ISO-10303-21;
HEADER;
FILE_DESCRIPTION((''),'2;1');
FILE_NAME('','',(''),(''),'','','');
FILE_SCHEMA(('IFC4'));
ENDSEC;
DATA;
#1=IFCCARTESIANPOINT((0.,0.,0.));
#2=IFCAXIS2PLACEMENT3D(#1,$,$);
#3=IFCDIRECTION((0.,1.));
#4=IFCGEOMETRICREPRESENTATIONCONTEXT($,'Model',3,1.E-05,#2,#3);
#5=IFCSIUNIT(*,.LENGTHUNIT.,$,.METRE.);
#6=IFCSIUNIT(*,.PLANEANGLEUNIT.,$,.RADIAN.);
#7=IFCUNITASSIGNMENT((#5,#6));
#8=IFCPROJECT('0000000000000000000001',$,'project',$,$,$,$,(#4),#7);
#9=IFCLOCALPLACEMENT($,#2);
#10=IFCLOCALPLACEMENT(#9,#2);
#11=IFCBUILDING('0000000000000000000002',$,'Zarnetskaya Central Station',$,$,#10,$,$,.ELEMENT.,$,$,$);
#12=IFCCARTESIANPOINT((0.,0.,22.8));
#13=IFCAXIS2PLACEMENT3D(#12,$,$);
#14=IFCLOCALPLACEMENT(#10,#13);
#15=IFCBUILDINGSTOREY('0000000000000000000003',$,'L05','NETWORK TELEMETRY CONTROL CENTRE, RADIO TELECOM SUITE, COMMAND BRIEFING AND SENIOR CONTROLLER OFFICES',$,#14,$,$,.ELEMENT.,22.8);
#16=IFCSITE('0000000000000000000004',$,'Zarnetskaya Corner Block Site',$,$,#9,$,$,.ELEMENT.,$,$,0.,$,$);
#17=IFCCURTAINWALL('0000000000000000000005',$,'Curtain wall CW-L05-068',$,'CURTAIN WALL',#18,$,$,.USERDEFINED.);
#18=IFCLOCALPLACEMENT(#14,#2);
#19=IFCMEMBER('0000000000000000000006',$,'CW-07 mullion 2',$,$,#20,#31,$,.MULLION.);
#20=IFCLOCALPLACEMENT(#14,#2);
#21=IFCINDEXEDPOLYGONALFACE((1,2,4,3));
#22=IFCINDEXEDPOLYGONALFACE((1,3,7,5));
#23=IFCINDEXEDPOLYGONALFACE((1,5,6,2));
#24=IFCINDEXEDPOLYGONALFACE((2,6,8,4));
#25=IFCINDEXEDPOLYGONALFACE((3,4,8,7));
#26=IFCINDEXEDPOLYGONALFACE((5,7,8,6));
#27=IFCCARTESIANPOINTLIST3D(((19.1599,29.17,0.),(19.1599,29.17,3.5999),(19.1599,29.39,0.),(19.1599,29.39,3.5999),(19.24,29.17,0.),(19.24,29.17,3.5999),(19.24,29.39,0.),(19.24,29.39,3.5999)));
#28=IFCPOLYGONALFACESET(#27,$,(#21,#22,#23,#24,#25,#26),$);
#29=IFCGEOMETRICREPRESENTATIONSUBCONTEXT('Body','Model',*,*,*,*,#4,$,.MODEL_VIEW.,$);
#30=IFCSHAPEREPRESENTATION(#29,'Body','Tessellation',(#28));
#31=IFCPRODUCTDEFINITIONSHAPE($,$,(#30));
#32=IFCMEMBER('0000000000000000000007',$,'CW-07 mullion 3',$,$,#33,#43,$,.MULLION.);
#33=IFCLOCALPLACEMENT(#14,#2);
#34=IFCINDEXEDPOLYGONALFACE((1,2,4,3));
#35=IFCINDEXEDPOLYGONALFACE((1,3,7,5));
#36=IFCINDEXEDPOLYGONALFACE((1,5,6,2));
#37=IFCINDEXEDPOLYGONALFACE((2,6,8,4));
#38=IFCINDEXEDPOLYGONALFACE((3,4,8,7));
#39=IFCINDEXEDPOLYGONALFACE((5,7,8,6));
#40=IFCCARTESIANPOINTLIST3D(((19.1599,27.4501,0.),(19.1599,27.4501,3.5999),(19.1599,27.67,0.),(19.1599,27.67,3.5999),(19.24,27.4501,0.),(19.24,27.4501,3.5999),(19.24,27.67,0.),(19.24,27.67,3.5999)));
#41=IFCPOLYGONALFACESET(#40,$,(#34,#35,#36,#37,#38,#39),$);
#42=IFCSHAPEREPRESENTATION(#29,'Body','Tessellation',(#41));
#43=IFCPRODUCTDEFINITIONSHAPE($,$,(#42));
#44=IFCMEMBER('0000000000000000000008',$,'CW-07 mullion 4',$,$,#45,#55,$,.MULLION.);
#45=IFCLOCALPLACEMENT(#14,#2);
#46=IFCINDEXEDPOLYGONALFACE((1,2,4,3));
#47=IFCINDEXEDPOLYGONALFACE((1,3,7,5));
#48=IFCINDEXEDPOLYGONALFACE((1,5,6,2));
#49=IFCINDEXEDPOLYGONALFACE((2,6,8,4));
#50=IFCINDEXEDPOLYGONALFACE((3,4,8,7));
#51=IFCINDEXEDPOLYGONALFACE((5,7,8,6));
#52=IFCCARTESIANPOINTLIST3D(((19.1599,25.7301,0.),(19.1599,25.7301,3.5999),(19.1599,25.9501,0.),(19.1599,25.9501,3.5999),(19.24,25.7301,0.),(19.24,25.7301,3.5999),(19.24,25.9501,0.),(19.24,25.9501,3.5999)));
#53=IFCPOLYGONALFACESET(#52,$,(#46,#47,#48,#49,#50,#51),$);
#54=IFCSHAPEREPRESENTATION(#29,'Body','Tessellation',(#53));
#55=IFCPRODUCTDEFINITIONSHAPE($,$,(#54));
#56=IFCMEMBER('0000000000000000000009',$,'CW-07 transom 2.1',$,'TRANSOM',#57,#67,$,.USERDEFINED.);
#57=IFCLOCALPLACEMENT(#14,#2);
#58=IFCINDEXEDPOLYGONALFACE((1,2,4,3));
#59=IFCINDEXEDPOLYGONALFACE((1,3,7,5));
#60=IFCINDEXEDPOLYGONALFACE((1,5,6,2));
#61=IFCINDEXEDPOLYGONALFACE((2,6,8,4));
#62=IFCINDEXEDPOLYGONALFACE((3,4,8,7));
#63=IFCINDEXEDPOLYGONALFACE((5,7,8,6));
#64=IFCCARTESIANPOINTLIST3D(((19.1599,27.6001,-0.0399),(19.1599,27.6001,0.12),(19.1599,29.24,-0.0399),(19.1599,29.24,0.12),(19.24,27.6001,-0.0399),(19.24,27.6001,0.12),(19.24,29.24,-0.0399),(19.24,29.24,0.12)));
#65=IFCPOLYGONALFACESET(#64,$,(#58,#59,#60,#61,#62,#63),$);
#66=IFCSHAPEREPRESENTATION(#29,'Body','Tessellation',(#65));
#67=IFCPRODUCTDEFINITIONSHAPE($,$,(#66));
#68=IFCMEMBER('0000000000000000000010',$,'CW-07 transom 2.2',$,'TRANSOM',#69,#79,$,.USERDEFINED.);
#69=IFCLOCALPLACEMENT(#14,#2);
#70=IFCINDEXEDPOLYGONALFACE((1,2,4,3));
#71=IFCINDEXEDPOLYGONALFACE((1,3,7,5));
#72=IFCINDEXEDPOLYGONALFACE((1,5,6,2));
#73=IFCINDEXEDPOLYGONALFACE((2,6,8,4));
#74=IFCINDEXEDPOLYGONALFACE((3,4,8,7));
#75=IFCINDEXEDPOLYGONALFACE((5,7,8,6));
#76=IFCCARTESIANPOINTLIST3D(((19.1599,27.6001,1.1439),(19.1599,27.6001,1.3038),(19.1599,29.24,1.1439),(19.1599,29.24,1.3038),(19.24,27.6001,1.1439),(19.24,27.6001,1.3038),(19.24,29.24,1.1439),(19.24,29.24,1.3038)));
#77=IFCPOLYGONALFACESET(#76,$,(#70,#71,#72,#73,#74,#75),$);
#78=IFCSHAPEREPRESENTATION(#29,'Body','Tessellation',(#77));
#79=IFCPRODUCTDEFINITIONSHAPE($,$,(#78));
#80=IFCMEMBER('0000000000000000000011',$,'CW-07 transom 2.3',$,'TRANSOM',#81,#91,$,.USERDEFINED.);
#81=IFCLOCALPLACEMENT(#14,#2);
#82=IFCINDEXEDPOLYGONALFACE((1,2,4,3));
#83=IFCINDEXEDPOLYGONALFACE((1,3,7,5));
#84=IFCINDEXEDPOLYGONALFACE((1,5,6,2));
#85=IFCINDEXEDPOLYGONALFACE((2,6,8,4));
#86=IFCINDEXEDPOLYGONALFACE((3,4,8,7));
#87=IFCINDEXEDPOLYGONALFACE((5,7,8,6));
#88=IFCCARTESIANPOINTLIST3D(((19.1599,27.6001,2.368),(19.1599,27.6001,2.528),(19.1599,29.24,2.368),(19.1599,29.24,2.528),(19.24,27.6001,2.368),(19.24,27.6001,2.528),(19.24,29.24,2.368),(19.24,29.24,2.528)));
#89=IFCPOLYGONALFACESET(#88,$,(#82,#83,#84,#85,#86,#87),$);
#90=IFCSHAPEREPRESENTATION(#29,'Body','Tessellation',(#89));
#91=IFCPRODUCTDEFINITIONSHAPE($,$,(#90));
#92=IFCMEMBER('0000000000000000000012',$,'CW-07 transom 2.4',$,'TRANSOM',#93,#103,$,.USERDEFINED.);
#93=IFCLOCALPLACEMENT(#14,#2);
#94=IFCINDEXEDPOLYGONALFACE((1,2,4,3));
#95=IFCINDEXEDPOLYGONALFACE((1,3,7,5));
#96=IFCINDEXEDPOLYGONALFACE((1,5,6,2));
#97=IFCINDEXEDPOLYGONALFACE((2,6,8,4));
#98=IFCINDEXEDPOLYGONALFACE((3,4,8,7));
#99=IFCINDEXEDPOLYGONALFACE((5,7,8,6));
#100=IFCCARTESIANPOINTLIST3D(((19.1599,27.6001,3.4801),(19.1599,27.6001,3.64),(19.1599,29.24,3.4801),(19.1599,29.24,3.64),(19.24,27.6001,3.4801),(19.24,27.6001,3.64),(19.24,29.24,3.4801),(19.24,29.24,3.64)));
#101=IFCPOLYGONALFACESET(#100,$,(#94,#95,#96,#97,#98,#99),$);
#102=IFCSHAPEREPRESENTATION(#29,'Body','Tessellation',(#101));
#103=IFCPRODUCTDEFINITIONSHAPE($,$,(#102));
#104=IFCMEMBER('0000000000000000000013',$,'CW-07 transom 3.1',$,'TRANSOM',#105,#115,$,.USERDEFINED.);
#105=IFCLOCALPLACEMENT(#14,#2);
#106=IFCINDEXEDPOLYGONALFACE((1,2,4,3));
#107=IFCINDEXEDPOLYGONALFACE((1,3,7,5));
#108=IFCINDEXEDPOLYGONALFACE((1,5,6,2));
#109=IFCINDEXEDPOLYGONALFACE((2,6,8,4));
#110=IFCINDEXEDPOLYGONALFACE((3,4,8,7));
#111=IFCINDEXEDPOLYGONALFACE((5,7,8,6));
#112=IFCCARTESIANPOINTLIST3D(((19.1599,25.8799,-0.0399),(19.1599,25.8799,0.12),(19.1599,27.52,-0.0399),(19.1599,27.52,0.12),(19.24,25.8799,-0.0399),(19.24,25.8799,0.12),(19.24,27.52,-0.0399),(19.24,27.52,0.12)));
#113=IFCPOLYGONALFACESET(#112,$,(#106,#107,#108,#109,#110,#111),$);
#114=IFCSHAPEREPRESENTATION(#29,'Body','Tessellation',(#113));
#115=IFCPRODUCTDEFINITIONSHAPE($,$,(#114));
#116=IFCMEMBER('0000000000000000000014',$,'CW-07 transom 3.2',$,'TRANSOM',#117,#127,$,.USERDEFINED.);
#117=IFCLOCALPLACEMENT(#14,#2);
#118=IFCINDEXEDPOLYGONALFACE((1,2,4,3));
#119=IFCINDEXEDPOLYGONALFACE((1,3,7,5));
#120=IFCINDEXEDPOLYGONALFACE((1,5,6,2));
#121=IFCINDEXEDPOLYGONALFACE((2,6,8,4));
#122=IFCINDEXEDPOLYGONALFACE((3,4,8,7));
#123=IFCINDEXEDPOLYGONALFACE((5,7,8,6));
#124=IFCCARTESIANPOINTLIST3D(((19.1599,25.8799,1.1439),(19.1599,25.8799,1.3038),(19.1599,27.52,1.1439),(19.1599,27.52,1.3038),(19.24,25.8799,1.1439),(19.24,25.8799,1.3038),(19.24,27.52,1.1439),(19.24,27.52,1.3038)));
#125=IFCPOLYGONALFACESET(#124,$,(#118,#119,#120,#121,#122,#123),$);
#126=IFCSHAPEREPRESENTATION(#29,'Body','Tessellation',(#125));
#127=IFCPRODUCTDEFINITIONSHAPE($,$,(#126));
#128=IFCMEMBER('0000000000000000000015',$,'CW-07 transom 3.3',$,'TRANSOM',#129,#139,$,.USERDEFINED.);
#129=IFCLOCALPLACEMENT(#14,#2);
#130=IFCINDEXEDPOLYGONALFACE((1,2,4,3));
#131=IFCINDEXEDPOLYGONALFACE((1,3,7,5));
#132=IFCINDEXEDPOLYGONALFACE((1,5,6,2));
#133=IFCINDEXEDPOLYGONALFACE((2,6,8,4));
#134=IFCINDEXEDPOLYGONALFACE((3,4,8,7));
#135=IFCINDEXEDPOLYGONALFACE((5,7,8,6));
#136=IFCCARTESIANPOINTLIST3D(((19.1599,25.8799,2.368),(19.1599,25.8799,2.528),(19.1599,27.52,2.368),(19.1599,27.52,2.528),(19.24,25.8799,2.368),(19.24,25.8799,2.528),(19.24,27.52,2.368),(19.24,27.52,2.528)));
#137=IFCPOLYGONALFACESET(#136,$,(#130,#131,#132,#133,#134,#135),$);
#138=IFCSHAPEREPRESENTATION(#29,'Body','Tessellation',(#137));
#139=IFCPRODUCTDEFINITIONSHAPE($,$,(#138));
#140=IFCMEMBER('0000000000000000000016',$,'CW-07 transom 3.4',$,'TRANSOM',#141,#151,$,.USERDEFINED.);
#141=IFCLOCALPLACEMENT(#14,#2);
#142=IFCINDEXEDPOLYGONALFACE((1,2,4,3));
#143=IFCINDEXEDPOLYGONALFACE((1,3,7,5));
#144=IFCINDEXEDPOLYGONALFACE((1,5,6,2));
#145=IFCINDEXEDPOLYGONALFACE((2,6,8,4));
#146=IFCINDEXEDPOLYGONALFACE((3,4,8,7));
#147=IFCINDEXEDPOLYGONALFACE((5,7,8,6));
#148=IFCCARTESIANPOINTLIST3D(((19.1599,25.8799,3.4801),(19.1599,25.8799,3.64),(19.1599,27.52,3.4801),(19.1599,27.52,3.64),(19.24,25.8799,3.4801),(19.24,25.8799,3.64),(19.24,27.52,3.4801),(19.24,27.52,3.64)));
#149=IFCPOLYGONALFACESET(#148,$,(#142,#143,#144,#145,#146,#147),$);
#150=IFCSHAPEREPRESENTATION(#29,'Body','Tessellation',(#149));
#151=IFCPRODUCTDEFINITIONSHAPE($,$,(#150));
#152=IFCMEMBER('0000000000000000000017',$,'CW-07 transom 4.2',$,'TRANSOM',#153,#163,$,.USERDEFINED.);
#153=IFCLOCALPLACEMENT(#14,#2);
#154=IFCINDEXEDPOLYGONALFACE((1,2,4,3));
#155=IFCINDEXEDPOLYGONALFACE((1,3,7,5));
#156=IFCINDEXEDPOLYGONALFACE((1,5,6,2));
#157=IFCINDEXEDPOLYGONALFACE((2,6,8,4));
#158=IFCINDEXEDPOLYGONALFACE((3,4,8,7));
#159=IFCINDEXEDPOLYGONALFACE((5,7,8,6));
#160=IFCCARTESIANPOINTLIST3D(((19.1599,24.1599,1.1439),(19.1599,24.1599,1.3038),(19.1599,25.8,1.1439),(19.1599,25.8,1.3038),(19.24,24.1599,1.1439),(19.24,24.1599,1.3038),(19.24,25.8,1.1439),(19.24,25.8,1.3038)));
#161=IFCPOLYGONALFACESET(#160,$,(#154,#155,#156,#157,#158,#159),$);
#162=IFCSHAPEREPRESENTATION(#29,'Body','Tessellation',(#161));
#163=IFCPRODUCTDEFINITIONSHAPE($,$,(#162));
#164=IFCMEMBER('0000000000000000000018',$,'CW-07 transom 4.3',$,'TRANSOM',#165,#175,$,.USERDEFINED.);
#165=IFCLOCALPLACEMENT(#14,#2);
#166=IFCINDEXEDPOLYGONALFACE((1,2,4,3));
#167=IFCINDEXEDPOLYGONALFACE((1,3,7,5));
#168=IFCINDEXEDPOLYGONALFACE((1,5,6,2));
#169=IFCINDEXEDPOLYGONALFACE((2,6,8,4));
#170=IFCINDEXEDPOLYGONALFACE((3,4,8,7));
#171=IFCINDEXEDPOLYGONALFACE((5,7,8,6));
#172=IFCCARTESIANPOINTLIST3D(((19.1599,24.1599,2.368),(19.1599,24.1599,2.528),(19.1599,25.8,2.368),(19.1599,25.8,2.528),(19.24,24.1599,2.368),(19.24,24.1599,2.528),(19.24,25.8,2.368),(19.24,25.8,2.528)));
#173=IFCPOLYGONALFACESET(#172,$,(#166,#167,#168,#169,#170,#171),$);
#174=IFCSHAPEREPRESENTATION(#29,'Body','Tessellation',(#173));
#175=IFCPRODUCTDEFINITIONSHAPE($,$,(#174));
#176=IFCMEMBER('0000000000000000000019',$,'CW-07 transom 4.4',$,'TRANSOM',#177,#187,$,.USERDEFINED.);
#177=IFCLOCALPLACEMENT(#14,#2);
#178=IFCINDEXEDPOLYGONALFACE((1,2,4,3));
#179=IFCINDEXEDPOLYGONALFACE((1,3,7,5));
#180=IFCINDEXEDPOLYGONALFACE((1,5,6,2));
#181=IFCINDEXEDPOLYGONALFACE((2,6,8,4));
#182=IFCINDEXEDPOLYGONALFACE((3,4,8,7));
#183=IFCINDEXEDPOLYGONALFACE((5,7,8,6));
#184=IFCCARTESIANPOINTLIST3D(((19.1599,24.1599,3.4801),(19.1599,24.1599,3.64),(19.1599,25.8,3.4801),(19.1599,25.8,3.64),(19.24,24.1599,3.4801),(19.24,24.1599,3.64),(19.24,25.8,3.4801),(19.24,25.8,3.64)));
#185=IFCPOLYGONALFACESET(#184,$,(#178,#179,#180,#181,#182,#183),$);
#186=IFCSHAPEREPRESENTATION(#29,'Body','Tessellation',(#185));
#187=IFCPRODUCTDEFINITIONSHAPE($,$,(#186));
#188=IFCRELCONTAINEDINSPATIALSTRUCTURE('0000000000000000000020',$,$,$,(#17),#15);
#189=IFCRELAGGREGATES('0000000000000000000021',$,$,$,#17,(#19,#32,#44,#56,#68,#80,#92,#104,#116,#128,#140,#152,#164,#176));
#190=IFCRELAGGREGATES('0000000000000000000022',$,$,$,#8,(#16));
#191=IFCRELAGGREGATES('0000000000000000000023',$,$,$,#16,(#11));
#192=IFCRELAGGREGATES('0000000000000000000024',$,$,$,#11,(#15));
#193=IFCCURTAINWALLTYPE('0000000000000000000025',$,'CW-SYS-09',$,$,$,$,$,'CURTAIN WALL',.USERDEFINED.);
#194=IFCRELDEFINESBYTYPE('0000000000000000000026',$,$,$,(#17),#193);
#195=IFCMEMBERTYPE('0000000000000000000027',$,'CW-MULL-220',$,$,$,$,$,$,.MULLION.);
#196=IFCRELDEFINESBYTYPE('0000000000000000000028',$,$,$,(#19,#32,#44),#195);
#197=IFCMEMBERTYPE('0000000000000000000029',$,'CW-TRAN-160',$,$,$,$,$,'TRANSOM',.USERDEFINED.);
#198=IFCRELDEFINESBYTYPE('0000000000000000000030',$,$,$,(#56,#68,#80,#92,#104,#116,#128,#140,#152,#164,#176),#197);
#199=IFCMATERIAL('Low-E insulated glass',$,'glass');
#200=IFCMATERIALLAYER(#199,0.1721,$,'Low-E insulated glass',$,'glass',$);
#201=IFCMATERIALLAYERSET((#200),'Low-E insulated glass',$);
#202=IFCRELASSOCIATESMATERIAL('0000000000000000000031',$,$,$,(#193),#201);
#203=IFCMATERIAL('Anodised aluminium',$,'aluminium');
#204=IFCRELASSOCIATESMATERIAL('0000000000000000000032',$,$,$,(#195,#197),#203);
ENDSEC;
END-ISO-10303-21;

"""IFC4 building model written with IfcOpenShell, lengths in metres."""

from ifc_helpers import new_model, si_unit, direction, frame, origin, origin_2d, place, context, subcontext, project, spatial, rectangle, extrude, material, layer, layer_set, material_profile, profile_set, type_object, element, aggregate, save


model = new_model("IFC4")

# Units and contexts
model_context = context("Model", 3, precision=1e-05, world=origin(), true_north=direction((0.0, 1.0)))
body_context = subcontext(model_context, "Body", "Model", "MODEL_VIEW")
ifc_project = project(units=[si_unit("LENGTHUNIT", "METRE"), si_unit("PLANEANGLEUNIT", "RADIAN")], contexts=[model_context])

# Site, building, storey
site_placement = place(None, origin())
site = spatial("IfcSite", under=ifc_project, at=site_placement, Name="Zarnetskaya Corner Block Site", CompositionType="ELEMENT", RefElevation=0.0)
building_placement = place(site_placement, origin())
building = spatial("IfcBuilding", under=site, at=building_placement, Name="Zarnetskaya Central Station", CompositionType="ELEMENT")
storey_placement = place(building_placement, frame((0.0, 0.0, 22.8)))
storey = spatial("IfcBuildingStorey", under=building, at=storey_placement, Name="L05", Description="NETWORK TELEMETRY CONTROL CENTRE, RADIO TELECOM SUITE, COMMAND BRIEFING AND SENIOR CONTROLLER OFFICES", CompositionType="ELEMENT", Elevation=22.8)

# Curtain wall, members
ifc_material_1 = material(Name="Low-E insulated glass", Category="glass")
ifc_layer_1 = layer(ifc_material_1, 0.1721, Name="Low-E insulated glass", Category="glass")
ifc_layer_set_1 = layer_set([ifc_layer_1], Name="Low-E insulated glass")
curtain_wall_type = type_object("IfcCurtainWallType", Name="CW-SYS-09", ElementType="CURTAIN WALL", PredefinedType="USERDEFINED", material=ifc_layer_set_1)
curtain_wall_placement = place(storey_placement, origin())
curtain_wall = element("IfcCurtainWall", 1, at=curtain_wall_placement, inside=storey, type_object=curtain_wall_type, Name="Curtain wall CW-L05-068", ObjectType="CURTAIN WALL", PredefinedType="USERDEFINED")
ifc_material_2 = material(Name="Anodised aluminium", Category="aluminium")
ifc_material_profile_1 = material_profile(ifc_material_2, rectangle(XDim=0.0801, YDim=0.22, at=origin_2d()), Name="ALU MULL 80x220")
ifc_profile_set_1 = profile_set([ifc_material_profile_1], Name="Anodised aluminium")
member_type_1 = type_object("IfcMemberType", Name="CW-MULL-220", PredefinedType="MULLION", material=ifc_profile_set_1)
member_1_placement = place(storey_placement, frame((19.2, 29.28, 0.0), z_axis=(0.0, 0.0, 1.0), x_axis=(1.0, 0.0, 0.0)))
member_1 = element("IfcMember", 2, at=member_1_placement, type_object=member_type_1, Name="CW-07 mullion 2", PredefinedType="MULLION", context=body_context, shape_type="SweptSolid", body=[
    extrude(rectangle(XDim=0.0801, YDim=0.22, at=origin_2d()), origin(), (0.0, 0.0, 1.0), 3.5999),
])
member_2_placement = place(storey_placement, frame((19.2, 27.5601, 0.0), z_axis=(0.0, 0.0, 1.0), x_axis=(1.0, 0.0, 0.0)))
member_2 = element("IfcMember", 3, at=member_2_placement, type_object=member_type_1, Name="CW-07 mullion 3", PredefinedType="MULLION", context=body_context, shape_type="SweptSolid", body=[
    extrude(rectangle(XDim=0.0801, YDim=0.22, at=origin_2d()), origin(), (0.0, 0.0, 1.0), 3.5999),
])
member_3_placement = place(storey_placement, frame((19.2, 25.8401, 0.0), z_axis=(0.0, 0.0, 1.0), x_axis=(1.0, 0.0, 0.0)))
member_3 = element("IfcMember", 4, at=member_3_placement, type_object=member_type_1, Name="CW-07 mullion 4", PredefinedType="MULLION", context=body_context, shape_type="SweptSolid", body=[
    extrude(rectangle(XDim=0.0801, YDim=0.22, at=origin_2d()), origin(), (0.0, 0.0, 1.0), 3.5999),
])
ifc_material_profile_2 = material_profile(ifc_material_2, rectangle(XDim=0.0801, YDim=0.1599, at=origin_2d()), Name="ALU TRAN 80x160")
ifc_profile_set_2 = profile_set([ifc_material_profile_2], Name="Anodised aluminium")
member_type_2 = type_object("IfcMemberType", Name="CW-TRAN-160", ElementType="TRANSOM", PredefinedType="USERDEFINED", material=ifc_profile_set_2)
member_4_placement = place(storey_placement, frame((19.2, 29.24, 0.04), z_axis=(0.0, -1.0, 0.0), x_axis=(1.0, 0.0, 0.0)))
member_4 = element("IfcMember", 5, at=member_4_placement, type_object=member_type_2, Name="CW-07 transom 2.1", ObjectType="TRANSOM", PredefinedType="USERDEFINED", context=body_context, shape_type="SweptSolid", body=[
    extrude(rectangle(XDim=0.0801, YDim=0.1599, at=origin_2d()), origin(), (0.0, 0.0, 1.0), 1.6399),
])
member_5_placement = place(storey_placement, frame((19.2, 29.24, 1.2239), z_axis=(0.0, -1.0, 0.0), x_axis=(1.0, 0.0, 0.0)))
member_5 = element("IfcMember", 6, at=member_5_placement, type_object=member_type_2, Name="CW-07 transom 2.2", ObjectType="TRANSOM", PredefinedType="USERDEFINED", context=body_context, shape_type="SweptSolid", body=[
    extrude(rectangle(XDim=0.0801, YDim=0.1599, at=origin_2d()), origin(), (0.0, 0.0, 1.0), 1.6399),
])
member_6_placement = place(storey_placement, frame((19.2, 29.24, 2.448), z_axis=(0.0, -1.0, 0.0), x_axis=(1.0, 0.0, 0.0)))
member_6 = element("IfcMember", 7, at=member_6_placement, type_object=member_type_2, Name="CW-07 transom 2.3", ObjectType="TRANSOM", PredefinedType="USERDEFINED", context=body_context, shape_type="SweptSolid", body=[
    extrude(rectangle(XDim=0.0801, YDim=0.1599, at=origin_2d()), origin(), (0.0, 0.0, 1.0), 1.6399),
])
member_7_placement = place(storey_placement, frame((19.2, 29.24, 3.5601), z_axis=(0.0, -1.0, 0.0), x_axis=(1.0, 0.0, 0.0)))
member_7 = element("IfcMember", 8, at=member_7_placement, type_object=member_type_2, Name="CW-07 transom 2.4", ObjectType="TRANSOM", PredefinedType="USERDEFINED", context=body_context, shape_type="SweptSolid", body=[
    extrude(rectangle(XDim=0.0801, YDim=0.1599, at=origin_2d()), origin(), (0.0, 0.0, 1.0), 1.6399),
])
member_8_placement = place(storey_placement, frame((19.2, 27.52, 0.04), z_axis=(0.0, -1.0, 0.0), x_axis=(1.0, 0.0, 0.0)))
member_8 = element("IfcMember", 9, at=member_8_placement, type_object=member_type_2, Name="CW-07 transom 3.1", ObjectType="TRANSOM", PredefinedType="USERDEFINED", context=body_context, shape_type="SweptSolid", body=[
    extrude(rectangle(XDim=0.0801, YDim=0.1599, at=origin_2d()), origin(), (0.0, 0.0, 1.0), 1.6401),
])
member_9_placement = place(storey_placement, frame((19.2, 27.52, 1.2239), z_axis=(0.0, -1.0, 0.0), x_axis=(1.0, 0.0, 0.0)))
member_9 = element("IfcMember", 10, at=member_9_placement, type_object=member_type_2, Name="CW-07 transom 3.2", ObjectType="TRANSOM", PredefinedType="USERDEFINED", context=body_context, shape_type="SweptSolid", body=[
    extrude(rectangle(XDim=0.0801, YDim=0.1599, at=origin_2d()), origin(), (0.0, 0.0, 1.0), 1.6401),
])
member_10_placement = place(storey_placement, frame((19.2, 27.52, 2.448), z_axis=(0.0, -1.0, 0.0), x_axis=(1.0, 0.0, 0.0)))
member_10 = element("IfcMember", 11, at=member_10_placement, type_object=member_type_2, Name="CW-07 transom 3.3", ObjectType="TRANSOM", PredefinedType="USERDEFINED", context=body_context, shape_type="SweptSolid", body=[
    extrude(rectangle(XDim=0.0801, YDim=0.1599, at=origin_2d()), origin(), (0.0, 0.0, 1.0), 1.6401),
])
member_11_placement = place(storey_placement, frame((19.2, 27.52, 3.5601), z_axis=(0.0, -1.0, 0.0), x_axis=(1.0, 0.0, 0.0)))
member_11 = element("IfcMember", 12, at=member_11_placement, type_object=member_type_2, Name="CW-07 transom 3.4", ObjectType="TRANSOM", PredefinedType="USERDEFINED", context=body_context, shape_type="SweptSolid", body=[
    extrude(rectangle(XDim=0.0801, YDim=0.1599, at=origin_2d()), origin(), (0.0, 0.0, 1.0), 1.6401),
])
member_12_placement = place(storey_placement, frame((19.2, 25.8, 1.2239), z_axis=(0.0, -1.0, 0.0), x_axis=(1.0, 0.0, 0.0)))
member_12 = element("IfcMember", 13, at=member_12_placement, type_object=member_type_2, Name="CW-07 transom 4.2", ObjectType="TRANSOM", PredefinedType="USERDEFINED", context=body_context, shape_type="SweptSolid", body=[
    extrude(rectangle(XDim=0.0801, YDim=0.1599, at=origin_2d()), origin(), (0.0, 0.0, 1.0), 1.6401),
])
member_13_placement = place(storey_placement, frame((19.2, 25.8, 2.448), z_axis=(0.0, -1.0, 0.0), x_axis=(1.0, 0.0, 0.0)))
member_13 = element("IfcMember", 14, at=member_13_placement, type_object=member_type_2, Name="CW-07 transom 4.3", ObjectType="TRANSOM", PredefinedType="USERDEFINED", context=body_context, shape_type="SweptSolid", body=[
    extrude(rectangle(XDim=0.0801, YDim=0.1599, at=origin_2d()), origin(), (0.0, 0.0, 1.0), 1.6401),
])
member_14_placement = place(storey_placement, frame((19.2, 25.8, 3.5601), z_axis=(0.0, -1.0, 0.0), x_axis=(1.0, 0.0, 0.0)))
member_14 = element("IfcMember", 15, at=member_14_placement, type_object=member_type_2, Name="CW-07 transom 4.4", ObjectType="TRANSOM", PredefinedType="USERDEFINED", context=body_context, shape_type="SweptSolid", body=[
    extrude(rectangle(XDim=0.0801, YDim=0.1599, at=origin_2d()), origin(), (0.0, 0.0, 1.0), 1.6401),
])
aggregate(curtain_wall, [member_1, member_2, member_3, member_4, member_5, member_6, member_7, member_8, member_9, member_10, member_11, member_12, member_13, member_14])

save(model, "model.ifc")
